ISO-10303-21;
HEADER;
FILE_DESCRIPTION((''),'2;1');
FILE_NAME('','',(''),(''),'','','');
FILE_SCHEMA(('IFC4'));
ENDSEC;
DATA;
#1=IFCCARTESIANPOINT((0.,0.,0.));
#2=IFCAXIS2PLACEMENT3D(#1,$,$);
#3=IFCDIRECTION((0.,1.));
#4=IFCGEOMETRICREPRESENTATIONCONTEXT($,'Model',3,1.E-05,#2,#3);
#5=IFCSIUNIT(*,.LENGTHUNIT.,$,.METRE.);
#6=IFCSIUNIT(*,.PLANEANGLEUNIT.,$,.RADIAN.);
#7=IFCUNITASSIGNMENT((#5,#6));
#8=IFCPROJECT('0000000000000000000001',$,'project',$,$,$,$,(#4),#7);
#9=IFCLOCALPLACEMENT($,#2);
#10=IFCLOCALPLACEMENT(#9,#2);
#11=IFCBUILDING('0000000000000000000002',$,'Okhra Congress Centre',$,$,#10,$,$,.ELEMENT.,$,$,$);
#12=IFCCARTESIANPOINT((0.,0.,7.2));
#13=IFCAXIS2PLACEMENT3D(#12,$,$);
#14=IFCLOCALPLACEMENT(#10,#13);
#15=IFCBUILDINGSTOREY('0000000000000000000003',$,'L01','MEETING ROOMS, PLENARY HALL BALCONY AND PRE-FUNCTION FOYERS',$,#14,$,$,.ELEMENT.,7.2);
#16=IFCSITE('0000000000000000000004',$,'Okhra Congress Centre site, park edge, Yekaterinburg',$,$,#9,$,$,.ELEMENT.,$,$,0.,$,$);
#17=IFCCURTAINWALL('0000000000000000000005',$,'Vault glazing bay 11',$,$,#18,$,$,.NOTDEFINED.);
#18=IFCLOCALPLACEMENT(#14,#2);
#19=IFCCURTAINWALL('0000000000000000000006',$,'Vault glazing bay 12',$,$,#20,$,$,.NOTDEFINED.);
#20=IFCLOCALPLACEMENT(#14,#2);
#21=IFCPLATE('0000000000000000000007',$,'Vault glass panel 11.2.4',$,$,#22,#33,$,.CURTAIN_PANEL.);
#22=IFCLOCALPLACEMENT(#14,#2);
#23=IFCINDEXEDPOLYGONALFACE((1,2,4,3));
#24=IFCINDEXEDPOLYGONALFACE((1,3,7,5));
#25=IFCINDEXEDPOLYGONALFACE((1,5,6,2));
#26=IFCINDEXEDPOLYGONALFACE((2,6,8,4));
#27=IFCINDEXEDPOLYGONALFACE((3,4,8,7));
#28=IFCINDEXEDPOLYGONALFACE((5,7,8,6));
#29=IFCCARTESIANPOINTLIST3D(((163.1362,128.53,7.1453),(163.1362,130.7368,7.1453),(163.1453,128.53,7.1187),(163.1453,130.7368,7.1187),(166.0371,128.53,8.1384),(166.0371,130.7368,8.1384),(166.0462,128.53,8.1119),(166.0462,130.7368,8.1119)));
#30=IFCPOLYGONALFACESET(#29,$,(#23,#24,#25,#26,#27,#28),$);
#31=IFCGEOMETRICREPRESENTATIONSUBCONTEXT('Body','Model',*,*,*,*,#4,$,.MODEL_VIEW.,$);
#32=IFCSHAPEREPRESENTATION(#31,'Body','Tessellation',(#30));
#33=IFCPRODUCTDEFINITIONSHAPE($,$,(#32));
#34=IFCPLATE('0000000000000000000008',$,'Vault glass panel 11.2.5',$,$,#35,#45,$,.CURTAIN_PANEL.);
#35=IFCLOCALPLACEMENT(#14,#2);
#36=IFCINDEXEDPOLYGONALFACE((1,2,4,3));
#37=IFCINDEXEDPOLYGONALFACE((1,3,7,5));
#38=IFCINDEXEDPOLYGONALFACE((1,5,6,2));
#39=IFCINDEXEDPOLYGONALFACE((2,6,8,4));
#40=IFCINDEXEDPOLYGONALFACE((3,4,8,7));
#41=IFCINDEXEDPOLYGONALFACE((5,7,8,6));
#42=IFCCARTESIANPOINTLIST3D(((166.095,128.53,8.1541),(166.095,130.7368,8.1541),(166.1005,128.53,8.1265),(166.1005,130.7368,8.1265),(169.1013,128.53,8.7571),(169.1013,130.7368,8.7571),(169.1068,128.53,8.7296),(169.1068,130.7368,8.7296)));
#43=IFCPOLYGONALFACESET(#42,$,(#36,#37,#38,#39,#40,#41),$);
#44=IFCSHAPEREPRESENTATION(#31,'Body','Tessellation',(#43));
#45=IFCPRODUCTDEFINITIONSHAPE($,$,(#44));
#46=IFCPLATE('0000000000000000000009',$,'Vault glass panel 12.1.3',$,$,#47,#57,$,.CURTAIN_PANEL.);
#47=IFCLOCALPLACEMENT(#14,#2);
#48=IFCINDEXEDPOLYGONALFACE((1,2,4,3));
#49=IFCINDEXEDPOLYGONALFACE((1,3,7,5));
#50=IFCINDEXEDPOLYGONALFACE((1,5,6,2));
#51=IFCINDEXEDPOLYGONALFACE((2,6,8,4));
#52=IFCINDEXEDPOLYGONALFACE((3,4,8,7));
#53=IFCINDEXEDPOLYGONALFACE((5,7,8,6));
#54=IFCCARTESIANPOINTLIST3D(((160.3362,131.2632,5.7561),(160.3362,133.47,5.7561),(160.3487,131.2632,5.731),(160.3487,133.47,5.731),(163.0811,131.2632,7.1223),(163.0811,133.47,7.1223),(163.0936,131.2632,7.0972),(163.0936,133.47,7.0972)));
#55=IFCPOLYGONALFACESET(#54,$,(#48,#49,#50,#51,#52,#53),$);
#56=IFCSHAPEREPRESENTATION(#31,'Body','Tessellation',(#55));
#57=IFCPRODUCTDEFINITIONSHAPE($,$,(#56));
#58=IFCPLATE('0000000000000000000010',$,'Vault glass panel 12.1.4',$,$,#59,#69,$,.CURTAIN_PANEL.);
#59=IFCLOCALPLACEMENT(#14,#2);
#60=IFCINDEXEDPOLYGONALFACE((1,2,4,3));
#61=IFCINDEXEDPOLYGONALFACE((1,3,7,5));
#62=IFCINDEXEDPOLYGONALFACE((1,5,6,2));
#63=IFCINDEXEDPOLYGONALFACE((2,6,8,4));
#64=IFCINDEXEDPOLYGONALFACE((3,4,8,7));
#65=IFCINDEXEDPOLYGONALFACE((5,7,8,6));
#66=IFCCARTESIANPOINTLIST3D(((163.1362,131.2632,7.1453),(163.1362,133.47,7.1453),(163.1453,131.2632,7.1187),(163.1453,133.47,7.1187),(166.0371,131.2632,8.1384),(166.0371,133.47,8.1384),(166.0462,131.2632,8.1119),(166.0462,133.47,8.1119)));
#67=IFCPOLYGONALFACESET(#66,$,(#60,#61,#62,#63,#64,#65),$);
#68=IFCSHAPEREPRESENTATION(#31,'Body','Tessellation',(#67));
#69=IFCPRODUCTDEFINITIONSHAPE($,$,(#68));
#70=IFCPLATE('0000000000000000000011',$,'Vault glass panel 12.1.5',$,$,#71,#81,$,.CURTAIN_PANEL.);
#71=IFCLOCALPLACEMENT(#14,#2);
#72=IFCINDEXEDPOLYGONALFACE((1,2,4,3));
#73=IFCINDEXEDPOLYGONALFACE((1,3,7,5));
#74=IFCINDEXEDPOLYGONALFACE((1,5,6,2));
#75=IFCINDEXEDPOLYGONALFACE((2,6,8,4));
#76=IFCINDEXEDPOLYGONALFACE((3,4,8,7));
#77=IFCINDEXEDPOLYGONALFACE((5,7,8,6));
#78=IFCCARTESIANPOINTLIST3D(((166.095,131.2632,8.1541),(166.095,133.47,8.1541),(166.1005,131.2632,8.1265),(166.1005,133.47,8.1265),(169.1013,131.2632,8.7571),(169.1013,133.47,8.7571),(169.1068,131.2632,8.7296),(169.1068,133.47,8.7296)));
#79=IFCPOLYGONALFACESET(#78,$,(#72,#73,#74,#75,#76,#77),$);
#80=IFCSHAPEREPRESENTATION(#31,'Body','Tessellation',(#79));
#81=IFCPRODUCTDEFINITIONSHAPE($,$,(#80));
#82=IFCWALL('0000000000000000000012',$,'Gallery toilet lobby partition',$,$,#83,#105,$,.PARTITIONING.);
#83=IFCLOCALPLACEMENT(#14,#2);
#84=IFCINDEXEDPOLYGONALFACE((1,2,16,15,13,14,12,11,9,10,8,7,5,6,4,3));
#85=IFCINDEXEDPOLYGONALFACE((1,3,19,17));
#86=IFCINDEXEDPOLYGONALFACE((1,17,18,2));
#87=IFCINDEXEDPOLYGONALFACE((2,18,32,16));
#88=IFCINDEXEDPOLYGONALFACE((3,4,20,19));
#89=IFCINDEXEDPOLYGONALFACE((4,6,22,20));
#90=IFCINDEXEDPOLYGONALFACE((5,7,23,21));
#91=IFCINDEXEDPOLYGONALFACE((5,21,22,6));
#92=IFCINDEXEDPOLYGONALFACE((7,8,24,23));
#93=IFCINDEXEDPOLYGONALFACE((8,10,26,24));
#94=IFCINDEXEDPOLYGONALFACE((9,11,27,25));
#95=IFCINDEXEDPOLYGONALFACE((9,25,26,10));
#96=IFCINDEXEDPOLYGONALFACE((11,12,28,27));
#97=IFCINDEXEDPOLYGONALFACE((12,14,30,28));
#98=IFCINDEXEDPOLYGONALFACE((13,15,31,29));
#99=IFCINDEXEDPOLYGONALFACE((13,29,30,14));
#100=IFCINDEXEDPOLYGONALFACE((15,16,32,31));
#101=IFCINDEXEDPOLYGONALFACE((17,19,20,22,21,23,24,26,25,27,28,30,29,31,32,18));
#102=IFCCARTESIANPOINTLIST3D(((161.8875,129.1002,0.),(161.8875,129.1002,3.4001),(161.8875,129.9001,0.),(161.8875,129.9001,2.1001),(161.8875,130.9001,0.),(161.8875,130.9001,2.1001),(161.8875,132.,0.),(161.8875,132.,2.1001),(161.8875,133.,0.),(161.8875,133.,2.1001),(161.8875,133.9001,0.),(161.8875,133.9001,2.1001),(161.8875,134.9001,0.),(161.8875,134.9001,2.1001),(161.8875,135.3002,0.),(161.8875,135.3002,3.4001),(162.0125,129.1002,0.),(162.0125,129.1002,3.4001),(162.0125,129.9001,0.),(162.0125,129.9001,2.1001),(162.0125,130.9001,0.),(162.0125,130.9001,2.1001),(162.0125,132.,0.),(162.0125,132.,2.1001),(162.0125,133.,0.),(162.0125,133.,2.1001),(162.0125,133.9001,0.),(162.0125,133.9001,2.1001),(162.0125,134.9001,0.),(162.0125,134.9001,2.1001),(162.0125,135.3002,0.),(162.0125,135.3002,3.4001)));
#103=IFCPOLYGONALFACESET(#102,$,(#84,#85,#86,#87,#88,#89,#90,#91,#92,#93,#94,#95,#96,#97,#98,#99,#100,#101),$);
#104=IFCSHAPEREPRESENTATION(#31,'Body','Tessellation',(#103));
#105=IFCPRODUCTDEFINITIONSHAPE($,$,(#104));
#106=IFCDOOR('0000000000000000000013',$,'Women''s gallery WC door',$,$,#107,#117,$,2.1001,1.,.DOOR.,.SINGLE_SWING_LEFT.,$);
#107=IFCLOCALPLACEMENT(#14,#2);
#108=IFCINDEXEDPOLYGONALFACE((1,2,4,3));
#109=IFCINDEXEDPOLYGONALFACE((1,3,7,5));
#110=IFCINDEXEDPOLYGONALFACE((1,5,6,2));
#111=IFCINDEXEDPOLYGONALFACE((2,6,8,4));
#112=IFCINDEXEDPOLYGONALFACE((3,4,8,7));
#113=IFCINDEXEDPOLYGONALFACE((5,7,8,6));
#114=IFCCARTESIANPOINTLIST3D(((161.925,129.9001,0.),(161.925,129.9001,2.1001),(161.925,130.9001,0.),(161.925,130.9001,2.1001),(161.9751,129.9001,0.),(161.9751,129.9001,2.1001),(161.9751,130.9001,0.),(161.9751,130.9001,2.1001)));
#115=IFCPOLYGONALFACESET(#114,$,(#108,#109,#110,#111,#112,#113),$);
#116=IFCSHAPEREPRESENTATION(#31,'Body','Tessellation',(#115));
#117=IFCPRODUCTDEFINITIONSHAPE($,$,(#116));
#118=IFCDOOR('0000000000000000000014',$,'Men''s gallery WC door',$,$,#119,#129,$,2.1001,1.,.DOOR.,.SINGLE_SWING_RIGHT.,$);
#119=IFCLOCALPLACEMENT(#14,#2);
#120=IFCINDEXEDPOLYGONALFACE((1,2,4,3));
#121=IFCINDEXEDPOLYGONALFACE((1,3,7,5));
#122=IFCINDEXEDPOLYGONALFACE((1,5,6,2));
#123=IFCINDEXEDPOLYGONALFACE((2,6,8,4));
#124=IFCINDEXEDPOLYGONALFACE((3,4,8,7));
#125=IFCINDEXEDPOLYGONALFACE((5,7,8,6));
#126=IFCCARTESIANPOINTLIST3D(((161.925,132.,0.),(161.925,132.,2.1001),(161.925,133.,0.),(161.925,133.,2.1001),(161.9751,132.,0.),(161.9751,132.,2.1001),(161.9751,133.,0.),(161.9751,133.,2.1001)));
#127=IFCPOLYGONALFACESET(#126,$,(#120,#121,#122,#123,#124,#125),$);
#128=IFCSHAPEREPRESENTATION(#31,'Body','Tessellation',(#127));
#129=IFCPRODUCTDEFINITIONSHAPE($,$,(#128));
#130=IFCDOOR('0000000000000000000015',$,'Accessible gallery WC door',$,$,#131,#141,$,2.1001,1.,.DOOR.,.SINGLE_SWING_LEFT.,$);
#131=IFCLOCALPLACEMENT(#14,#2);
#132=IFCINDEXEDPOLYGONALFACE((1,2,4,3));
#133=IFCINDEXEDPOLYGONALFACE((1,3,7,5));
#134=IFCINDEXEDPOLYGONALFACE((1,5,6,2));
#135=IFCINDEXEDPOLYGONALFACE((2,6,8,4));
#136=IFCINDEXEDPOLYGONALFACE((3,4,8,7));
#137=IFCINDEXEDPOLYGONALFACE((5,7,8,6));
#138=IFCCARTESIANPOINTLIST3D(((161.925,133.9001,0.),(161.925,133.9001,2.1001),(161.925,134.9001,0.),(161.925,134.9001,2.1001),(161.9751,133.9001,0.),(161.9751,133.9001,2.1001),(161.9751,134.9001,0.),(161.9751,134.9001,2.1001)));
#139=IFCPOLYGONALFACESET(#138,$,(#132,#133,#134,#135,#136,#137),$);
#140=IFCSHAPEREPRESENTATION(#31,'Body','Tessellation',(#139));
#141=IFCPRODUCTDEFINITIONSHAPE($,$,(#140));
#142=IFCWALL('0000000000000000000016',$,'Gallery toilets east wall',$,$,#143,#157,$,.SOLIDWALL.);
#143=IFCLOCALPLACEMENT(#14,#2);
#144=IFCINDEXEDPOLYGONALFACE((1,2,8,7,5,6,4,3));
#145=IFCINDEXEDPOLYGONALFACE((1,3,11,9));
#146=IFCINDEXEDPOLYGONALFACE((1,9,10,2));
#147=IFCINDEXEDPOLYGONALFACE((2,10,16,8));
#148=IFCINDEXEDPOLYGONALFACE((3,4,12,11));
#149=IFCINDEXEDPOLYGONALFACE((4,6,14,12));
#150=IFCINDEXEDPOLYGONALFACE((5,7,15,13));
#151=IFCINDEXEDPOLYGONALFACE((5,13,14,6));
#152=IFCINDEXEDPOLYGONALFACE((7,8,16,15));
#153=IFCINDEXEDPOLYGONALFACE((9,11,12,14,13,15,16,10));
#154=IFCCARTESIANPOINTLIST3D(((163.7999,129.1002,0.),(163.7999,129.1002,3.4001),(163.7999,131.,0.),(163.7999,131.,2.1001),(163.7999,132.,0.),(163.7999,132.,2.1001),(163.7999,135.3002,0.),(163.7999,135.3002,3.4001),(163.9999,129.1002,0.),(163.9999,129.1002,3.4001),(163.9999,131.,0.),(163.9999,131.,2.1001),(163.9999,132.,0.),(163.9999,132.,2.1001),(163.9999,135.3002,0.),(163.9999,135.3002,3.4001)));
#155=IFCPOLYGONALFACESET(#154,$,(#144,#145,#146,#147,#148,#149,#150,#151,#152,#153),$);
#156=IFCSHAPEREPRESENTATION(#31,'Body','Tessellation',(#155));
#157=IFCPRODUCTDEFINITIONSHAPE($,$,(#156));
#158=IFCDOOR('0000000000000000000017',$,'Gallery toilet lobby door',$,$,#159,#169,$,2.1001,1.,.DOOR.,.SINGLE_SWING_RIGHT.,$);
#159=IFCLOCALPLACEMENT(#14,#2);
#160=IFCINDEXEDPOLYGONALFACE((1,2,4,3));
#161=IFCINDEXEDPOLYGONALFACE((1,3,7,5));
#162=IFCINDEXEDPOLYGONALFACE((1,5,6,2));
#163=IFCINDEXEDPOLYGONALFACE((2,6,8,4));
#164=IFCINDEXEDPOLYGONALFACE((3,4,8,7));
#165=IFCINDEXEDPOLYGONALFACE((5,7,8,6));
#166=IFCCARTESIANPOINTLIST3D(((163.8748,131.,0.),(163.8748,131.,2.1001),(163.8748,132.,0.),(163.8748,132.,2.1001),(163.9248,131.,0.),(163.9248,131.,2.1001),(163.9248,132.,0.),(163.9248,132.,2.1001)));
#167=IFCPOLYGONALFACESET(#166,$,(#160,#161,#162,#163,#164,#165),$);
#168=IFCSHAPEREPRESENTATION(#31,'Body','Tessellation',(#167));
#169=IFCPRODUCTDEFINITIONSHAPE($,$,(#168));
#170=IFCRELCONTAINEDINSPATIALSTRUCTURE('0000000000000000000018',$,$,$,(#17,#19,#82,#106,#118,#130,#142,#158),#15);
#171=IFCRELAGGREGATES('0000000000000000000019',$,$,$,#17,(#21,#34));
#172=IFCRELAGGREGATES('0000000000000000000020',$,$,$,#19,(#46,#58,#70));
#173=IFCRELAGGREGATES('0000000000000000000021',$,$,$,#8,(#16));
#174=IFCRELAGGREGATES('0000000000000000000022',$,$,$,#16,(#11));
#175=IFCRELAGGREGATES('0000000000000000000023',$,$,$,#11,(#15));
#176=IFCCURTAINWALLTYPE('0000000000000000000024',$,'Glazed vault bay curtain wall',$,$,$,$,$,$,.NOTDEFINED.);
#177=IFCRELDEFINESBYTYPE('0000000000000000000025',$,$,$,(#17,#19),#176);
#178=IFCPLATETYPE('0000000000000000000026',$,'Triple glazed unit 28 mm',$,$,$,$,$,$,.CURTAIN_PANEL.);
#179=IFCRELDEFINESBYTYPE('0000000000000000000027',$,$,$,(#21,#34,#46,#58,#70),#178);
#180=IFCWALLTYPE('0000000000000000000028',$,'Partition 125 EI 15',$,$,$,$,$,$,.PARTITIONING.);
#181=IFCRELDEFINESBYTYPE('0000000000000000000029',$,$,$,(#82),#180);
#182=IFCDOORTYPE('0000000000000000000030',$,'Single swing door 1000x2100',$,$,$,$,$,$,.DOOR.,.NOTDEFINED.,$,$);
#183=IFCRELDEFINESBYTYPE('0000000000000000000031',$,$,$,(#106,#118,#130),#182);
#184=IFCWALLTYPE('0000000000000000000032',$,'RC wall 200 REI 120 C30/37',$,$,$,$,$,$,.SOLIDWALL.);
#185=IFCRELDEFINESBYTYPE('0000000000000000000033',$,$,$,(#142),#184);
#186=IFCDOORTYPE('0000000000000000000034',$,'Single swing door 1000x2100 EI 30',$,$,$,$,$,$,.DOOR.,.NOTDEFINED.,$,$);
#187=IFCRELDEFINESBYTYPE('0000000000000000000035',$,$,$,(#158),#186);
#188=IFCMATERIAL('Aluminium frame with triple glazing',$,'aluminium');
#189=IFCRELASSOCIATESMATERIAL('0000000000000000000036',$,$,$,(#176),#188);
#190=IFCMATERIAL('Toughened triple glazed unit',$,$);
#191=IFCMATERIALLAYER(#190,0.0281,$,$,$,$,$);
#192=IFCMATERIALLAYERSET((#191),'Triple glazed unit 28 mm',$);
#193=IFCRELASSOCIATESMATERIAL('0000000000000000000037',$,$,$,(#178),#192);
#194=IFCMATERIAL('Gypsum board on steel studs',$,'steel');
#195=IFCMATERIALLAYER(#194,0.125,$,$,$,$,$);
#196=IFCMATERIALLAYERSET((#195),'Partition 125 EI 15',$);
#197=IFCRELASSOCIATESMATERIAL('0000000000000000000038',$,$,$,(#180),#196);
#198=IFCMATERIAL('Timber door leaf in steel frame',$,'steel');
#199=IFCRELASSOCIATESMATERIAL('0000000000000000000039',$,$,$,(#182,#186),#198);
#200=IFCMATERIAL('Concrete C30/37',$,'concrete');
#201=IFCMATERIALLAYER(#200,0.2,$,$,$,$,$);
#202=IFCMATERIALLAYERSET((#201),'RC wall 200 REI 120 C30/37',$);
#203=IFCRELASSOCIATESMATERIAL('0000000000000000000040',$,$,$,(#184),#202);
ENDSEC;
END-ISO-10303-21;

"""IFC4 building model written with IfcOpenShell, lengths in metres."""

from ifc_helpers import new_model, si_unit, direction, frame, frame_2d, origin, place, context, subcontext, project, spatial, polyline, rectangle, outline, extrude, material, layer, layer_set, type_object, element, fill, aggregate, save


model = new_model("IFC4")

# Units and contexts
model_context = context("Model", 3, precision=1e-05, world=origin(), true_north=direction((0.0, 1.0)))
body_context = subcontext(model_context, "Body", "Model", "MODEL_VIEW")
ifc_project = project(units=[si_unit("LENGTHUNIT", "METRE"), si_unit("PLANEANGLEUNIT", "RADIAN")], contexts=[model_context])

# Site, building, storey
site_placement = place(None, origin())
site = spatial("IfcSite", under=ifc_project, at=site_placement, Name="Okhra Congress Centre site, park edge, Yekaterinburg", CompositionType="ELEMENT", RefElevation=0.0)
building_placement = place(site_placement, origin())
building = spatial("IfcBuilding", under=site, at=building_placement, Name="Okhra Congress Centre", CompositionType="ELEMENT")
storey_placement = place(building_placement, frame((0.0, 0.0, 7.2)))
storey = spatial("IfcBuildingStorey", under=building, at=storey_placement, Name="L01", Description="MEETING ROOMS, PLENARY HALL BALCONY AND PRE-FUNCTION FOYERS", CompositionType="ELEMENT", Elevation=7.2)

# Curtain walls
ifc_material_1 = material(Name="Aluminium frame with triple glazing", Category="aluminium")
curtain_wall_type = type_object("IfcCurtainWallType", Name="Glazed vault bay curtain wall", PredefinedType="NOTDEFINED", material=ifc_material_1)
curtain_wall_1_placement = place(storey_placement, origin())
curtain_wall_1 = element("IfcCurtainWall", 1, at=curtain_wall_1_placement, inside=storey, type_object=curtain_wall_type, Name="Vault glazing bay 11", PredefinedType="NOTDEFINED")
curtain_wall_2_placement = place(storey_placement, origin())
curtain_wall_2 = element("IfcCurtainWall", 2, at=curtain_wall_2_placement, inside=storey, type_object=curtain_wall_type, Name="Vault glazing bay 12", PredefinedType="NOTDEFINED")

# Plates
ifc_material_2 = material(Name="Toughened triple glazed unit")
ifc_layer_1 = layer(ifc_material_2, 0.0281)
ifc_layer_set_1 = layer_set([ifc_layer_1], Name="Triple glazed unit 28 mm")
plate_type = type_object("IfcPlateType", Name="Triple glazed unit 28 mm", PredefinedType="CURTAIN_PANEL", material=ifc_layer_set_1)
plate_1_placement = place(storey_placement, frame((163.1362, 128.53, 7.1453), z_axis=(-0.323909, 0.0, 0.946088), x_axis=(0.946088, 0.0, 0.323909)))
plate_1 = element("IfcPlate", 3, at=plate_1_placement, type_object=plate_type, Name="Vault glass panel 11.2.4", PredefinedType="CURTAIN_PANEL", context=body_context, shape_type="SweptSolid", body=[
    extrude(outline(polyline([(0.0, 0.0), (3.0662, 0.0), (3.0662, 2.2068), (0.0, 2.2068), (0.0, 0.0)])), origin(), (0.0, 0.0, -1.0), 0.0281),
])
plate_2_placement = place(storey_placement, frame((166.095, 128.53, 8.1541), z_axis=(-0.196667, 0.0, 0.98047), x_axis=(0.98047, 0.0, 0.196667)))
plate_2 = element("IfcPlate", 4, at=plate_2_placement, type_object=plate_type, Name="Vault glass panel 11.2.5", PredefinedType="CURTAIN_PANEL", context=body_context, shape_type="SweptSolid", body=[
    extrude(outline(polyline([(0.0, 0.0), (3.0662, 0.0), (3.0662, 2.2068), (0.0, 2.2068), (0.0, 0.0)])), origin(), (0.0, 0.0, -1.0), 0.0281),
])
aggregate(curtain_wall_1, [plate_1, plate_2])
plate_3_placement = place(storey_placement, frame((160.3362, 131.2632, 5.7561), z_axis=(-0.445588, 0.0, 0.895238), x_axis=(0.895238, 0.0, 0.445588)))
plate_3 = element("IfcPlate", 5, at=plate_3_placement, type_object=plate_type, Name="Vault glass panel 12.1.3", PredefinedType="CURTAIN_PANEL", context=body_context, shape_type="SweptSolid", body=[
    extrude(outline(polyline([(0.0, 0.0), (3.0661, 0.0), (3.0661, 2.2068), (0.0, 2.2068), (0.0, 0.0)])), origin(), (0.0, 0.0, -1.0), 0.0281),
])
plate_4_placement = place(storey_placement, frame((163.1362, 131.2632, 7.1453), z_axis=(-0.323909, 0.0, 0.946088), x_axis=(0.946088, 0.0, 0.323909)))
plate_4 = element("IfcPlate", 6, at=plate_4_placement, type_object=plate_type, Name="Vault glass panel 12.1.4", PredefinedType="CURTAIN_PANEL", context=body_context, shape_type="SweptSolid", body=[
    extrude(outline(polyline([(0.0, 0.0), (3.0662, 0.0), (3.0662, 2.2068), (0.0, 2.2068), (0.0, 0.0)])), origin(), (0.0, 0.0, -1.0), 0.0281),
])
plate_5_placement = place(storey_placement, frame((166.095, 131.2632, 8.1541), z_axis=(-0.196667, 0.0, 0.98047), x_axis=(0.98047, 0.0, 0.196667)))
plate_5 = element("IfcPlate", 7, at=plate_5_placement, type_object=plate_type, Name="Vault glass panel 12.1.5", PredefinedType="CURTAIN_PANEL", context=body_context, shape_type="SweptSolid", body=[
    extrude(outline(polyline([(0.0, 0.0), (3.0662, 0.0), (3.0662, 2.2068), (0.0, 2.2068), (0.0, 0.0)])), origin(), (0.0, 0.0, -1.0), 0.0281),
])
aggregate(curtain_wall_2, [plate_3, plate_4, plate_5])

# Wall, openings, doors
ifc_material_3 = material(Name="Gypsum board on steel studs", Category="steel")
ifc_layer_2 = layer(ifc_material_3, 0.125)
ifc_layer_set_2 = layer_set([ifc_layer_2], Name="Partition 125 EI 15")
wall_type_1 = type_object("IfcWallType", Name="Partition 125 EI 15", PredefinedType="PARTITIONING", material=ifc_layer_set_2)
wall_1_placement = place(storey_placement, frame((161.95, 129.1001, 0.0), z_axis=(0.0, 0.0, 1.0), x_axis=(0.0, 1.0, 0.0)))
wall_1 = element("IfcWall", 8, at=wall_1_placement, inside=storey, type_object=wall_type_1, Name="Gallery toilet lobby partition", PredefinedType="PARTITIONING", context=body_context, shape_type="SweptSolid", body=[
    extrude(rectangle(XDim=6.2, YDim=0.125, at=frame_2d((3.1001, 0.0))), origin(), (0.0, 0.0, 1.0), 3.4001),
])
opening_1_placement = place(wall_1_placement, frame((0.8, 0.0, 0.0)))
opening_1 = element("IfcOpeningElement", 9, at=opening_1_placement, cuts=wall_1, PredefinedType="OPENING", context=body_context, shape_type="SweptSolid", body=[
    extrude(rectangle(XDim=1.0, YDim=2.1001, at=frame_2d((0.5, 1.05))), frame((0.0, 0.0725, 0.0), z_axis=(0.0, -1.0, 0.0), x_axis=(1.0, 0.0, 0.0)), (0.0, 0.0, 1.0), 0.145),
])
opening_2_placement = place(wall_1_placement, frame((2.8999, 0.0, 0.0)))
opening_2 = element("IfcOpeningElement", 10, at=opening_2_placement, cuts=wall_1, PredefinedType="OPENING", context=body_context, shape_type="SweptSolid", body=[
    extrude(rectangle(XDim=1.0, YDim=2.1001, at=frame_2d((0.5, 1.05))), frame((0.0, 0.0725, 0.0), z_axis=(0.0, -1.0, 0.0), x_axis=(1.0, 0.0, 0.0)), (0.0, 0.0, 1.0), 0.145),
])
opening_3_placement = place(wall_1_placement, frame((4.8, 0.0, 0.0)))
opening_3 = element("IfcOpeningElement", 11, at=opening_3_placement, cuts=wall_1, PredefinedType="OPENING", context=body_context, shape_type="SweptSolid", body=[
    extrude(rectangle(XDim=1.0, YDim=2.1001, at=frame_2d((0.5, 1.05))), frame((0.0, 0.0725, 0.0), z_axis=(0.0, -1.0, 0.0), x_axis=(1.0, 0.0, 0.0)), (0.0, 0.0, 1.0), 0.145),
])
ifc_material_4 = material(Name="Timber door leaf in steel frame", Category="steel")
door_type_1 = type_object("IfcDoorType", Name="Single swing door 1000x2100", OperationType="NOTDEFINED", PredefinedType="DOOR", material=ifc_material_4)
door_1_placement = place(opening_1_placement, origin())
door_1 = element("IfcDoor", 12, at=door_1_placement, inside=storey, type_object=door_type_1, Name="Women's gallery WC door", OperationType="SINGLE_SWING_LEFT", OverallHeight=2.1001, OverallWidth=1.0, PredefinedType="DOOR", context=body_context, shape_type="SweptSolid", body=[
    extrude(rectangle(XDim=1.0, YDim=2.1001, at=frame_2d((0.5, 1.05))), frame((0.0, 0.0249, 0.0), z_axis=(0.0, -1.0, 0.0), x_axis=(1.0, 0.0, 0.0)), (0.0, 0.0, 1.0), 0.05),
])
fill(opening_1, door_1)
door_2_placement = place(opening_2_placement, origin())
door_2 = element("IfcDoor", 13, at=door_2_placement, inside=storey, type_object=door_type_1, Name="Men's gallery WC door", OperationType="SINGLE_SWING_RIGHT", OverallHeight=2.1001, OverallWidth=1.0, PredefinedType="DOOR", context=body_context, shape_type="SweptSolid", body=[
    extrude(rectangle(XDim=1.0, YDim=2.1001, at=frame_2d((0.5, 1.05))), frame((0.0, 0.0249, 0.0), z_axis=(0.0, -1.0, 0.0), x_axis=(1.0, 0.0, 0.0)), (0.0, 0.0, 1.0), 0.05),
])
fill(opening_2, door_2)
door_3_placement = place(opening_3_placement, origin())
door_3 = element("IfcDoor", 14, at=door_3_placement, inside=storey, type_object=door_type_1, Name="Accessible gallery WC door", OperationType="SINGLE_SWING_LEFT", OverallHeight=2.1001, OverallWidth=1.0, PredefinedType="DOOR", context=body_context, shape_type="SweptSolid", body=[
    extrude(rectangle(XDim=1.0, YDim=2.1001, at=frame_2d((0.5, 1.05))), frame((0.0, 0.0249, 0.0), z_axis=(0.0, -1.0, 0.0), x_axis=(1.0, 0.0, 0.0)), (0.0, 0.0, 1.0), 0.05),
])
fill(opening_3, door_3)

# Wall, opening, door
ifc_material_5 = material(Name="Concrete C30/37", Category="concrete")
ifc_layer_3 = layer(ifc_material_5, 0.2)
ifc_layer_set_3 = layer_set([ifc_layer_3], Name="RC wall 200 REI 120 C30/37")
wall_type_2 = type_object("IfcWallType", Name="RC wall 200 REI 120 C30/37", PredefinedType="SOLIDWALL", material=ifc_layer_set_3)
wall_2_placement = place(storey_placement, frame((163.8999, 129.1001, 0.0), z_axis=(0.0, 0.0, 1.0), x_axis=(0.0, 1.0, 0.0)))
wall_2 = element("IfcWall", 15, at=wall_2_placement, inside=storey, type_object=wall_type_2, Name="Gallery toilets east wall", PredefinedType="SOLIDWALL", context=body_context, shape_type="SweptSolid", body=[
    extrude(rectangle(XDim=6.2, YDim=0.2, at=frame_2d((3.1001, 0.0))), origin(), (0.0, 0.0, 1.0), 3.4001),
])
opening_4_placement = place(wall_2_placement, frame((1.8999, 0.0, 0.0)))
opening_4 = element("IfcOpeningElement", 16, at=opening_4_placement, cuts=wall_2, PredefinedType="OPENING", context=body_context, shape_type="SweptSolid", body=[
    extrude(rectangle(XDim=1.0, YDim=2.1001, at=frame_2d((0.5, 1.05))), frame((0.0, 0.1099, 0.0), z_axis=(0.0, -1.0, 0.0), x_axis=(1.0, 0.0, 0.0)), (0.0, 0.0, 1.0), 0.22),
])
door_type_2 = type_object("IfcDoorType", Name="Single swing door 1000x2100 EI 30", OperationType="NOTDEFINED", PredefinedType="DOOR", material=ifc_material_4)
door_4_placement = place(opening_4_placement, frame((1.0, 0.0, 0.0), z_axis=(0.0, 0.0, 1.0), x_axis=(-1.0, 0.0, 0.0)))
door_4 = element("IfcDoor", 17, at=door_4_placement, inside=storey, type_object=door_type_2, Name="Gallery toilet lobby door", OperationType="SINGLE_SWING_RIGHT", OverallHeight=2.1001, OverallWidth=1.0, PredefinedType="DOOR", context=body_context, shape_type="SweptSolid", body=[
    extrude(rectangle(XDim=1.0, YDim=2.1001, at=frame_2d((0.5, 1.05))), frame((0.0, 0.0249, 0.0), z_axis=(0.0, -1.0, 0.0), x_axis=(1.0, 0.0, 0.0)), (0.0, 0.0, 1.0), 0.05),
])
fill(opening_4, door_4)

save(model, "model.ifc")
